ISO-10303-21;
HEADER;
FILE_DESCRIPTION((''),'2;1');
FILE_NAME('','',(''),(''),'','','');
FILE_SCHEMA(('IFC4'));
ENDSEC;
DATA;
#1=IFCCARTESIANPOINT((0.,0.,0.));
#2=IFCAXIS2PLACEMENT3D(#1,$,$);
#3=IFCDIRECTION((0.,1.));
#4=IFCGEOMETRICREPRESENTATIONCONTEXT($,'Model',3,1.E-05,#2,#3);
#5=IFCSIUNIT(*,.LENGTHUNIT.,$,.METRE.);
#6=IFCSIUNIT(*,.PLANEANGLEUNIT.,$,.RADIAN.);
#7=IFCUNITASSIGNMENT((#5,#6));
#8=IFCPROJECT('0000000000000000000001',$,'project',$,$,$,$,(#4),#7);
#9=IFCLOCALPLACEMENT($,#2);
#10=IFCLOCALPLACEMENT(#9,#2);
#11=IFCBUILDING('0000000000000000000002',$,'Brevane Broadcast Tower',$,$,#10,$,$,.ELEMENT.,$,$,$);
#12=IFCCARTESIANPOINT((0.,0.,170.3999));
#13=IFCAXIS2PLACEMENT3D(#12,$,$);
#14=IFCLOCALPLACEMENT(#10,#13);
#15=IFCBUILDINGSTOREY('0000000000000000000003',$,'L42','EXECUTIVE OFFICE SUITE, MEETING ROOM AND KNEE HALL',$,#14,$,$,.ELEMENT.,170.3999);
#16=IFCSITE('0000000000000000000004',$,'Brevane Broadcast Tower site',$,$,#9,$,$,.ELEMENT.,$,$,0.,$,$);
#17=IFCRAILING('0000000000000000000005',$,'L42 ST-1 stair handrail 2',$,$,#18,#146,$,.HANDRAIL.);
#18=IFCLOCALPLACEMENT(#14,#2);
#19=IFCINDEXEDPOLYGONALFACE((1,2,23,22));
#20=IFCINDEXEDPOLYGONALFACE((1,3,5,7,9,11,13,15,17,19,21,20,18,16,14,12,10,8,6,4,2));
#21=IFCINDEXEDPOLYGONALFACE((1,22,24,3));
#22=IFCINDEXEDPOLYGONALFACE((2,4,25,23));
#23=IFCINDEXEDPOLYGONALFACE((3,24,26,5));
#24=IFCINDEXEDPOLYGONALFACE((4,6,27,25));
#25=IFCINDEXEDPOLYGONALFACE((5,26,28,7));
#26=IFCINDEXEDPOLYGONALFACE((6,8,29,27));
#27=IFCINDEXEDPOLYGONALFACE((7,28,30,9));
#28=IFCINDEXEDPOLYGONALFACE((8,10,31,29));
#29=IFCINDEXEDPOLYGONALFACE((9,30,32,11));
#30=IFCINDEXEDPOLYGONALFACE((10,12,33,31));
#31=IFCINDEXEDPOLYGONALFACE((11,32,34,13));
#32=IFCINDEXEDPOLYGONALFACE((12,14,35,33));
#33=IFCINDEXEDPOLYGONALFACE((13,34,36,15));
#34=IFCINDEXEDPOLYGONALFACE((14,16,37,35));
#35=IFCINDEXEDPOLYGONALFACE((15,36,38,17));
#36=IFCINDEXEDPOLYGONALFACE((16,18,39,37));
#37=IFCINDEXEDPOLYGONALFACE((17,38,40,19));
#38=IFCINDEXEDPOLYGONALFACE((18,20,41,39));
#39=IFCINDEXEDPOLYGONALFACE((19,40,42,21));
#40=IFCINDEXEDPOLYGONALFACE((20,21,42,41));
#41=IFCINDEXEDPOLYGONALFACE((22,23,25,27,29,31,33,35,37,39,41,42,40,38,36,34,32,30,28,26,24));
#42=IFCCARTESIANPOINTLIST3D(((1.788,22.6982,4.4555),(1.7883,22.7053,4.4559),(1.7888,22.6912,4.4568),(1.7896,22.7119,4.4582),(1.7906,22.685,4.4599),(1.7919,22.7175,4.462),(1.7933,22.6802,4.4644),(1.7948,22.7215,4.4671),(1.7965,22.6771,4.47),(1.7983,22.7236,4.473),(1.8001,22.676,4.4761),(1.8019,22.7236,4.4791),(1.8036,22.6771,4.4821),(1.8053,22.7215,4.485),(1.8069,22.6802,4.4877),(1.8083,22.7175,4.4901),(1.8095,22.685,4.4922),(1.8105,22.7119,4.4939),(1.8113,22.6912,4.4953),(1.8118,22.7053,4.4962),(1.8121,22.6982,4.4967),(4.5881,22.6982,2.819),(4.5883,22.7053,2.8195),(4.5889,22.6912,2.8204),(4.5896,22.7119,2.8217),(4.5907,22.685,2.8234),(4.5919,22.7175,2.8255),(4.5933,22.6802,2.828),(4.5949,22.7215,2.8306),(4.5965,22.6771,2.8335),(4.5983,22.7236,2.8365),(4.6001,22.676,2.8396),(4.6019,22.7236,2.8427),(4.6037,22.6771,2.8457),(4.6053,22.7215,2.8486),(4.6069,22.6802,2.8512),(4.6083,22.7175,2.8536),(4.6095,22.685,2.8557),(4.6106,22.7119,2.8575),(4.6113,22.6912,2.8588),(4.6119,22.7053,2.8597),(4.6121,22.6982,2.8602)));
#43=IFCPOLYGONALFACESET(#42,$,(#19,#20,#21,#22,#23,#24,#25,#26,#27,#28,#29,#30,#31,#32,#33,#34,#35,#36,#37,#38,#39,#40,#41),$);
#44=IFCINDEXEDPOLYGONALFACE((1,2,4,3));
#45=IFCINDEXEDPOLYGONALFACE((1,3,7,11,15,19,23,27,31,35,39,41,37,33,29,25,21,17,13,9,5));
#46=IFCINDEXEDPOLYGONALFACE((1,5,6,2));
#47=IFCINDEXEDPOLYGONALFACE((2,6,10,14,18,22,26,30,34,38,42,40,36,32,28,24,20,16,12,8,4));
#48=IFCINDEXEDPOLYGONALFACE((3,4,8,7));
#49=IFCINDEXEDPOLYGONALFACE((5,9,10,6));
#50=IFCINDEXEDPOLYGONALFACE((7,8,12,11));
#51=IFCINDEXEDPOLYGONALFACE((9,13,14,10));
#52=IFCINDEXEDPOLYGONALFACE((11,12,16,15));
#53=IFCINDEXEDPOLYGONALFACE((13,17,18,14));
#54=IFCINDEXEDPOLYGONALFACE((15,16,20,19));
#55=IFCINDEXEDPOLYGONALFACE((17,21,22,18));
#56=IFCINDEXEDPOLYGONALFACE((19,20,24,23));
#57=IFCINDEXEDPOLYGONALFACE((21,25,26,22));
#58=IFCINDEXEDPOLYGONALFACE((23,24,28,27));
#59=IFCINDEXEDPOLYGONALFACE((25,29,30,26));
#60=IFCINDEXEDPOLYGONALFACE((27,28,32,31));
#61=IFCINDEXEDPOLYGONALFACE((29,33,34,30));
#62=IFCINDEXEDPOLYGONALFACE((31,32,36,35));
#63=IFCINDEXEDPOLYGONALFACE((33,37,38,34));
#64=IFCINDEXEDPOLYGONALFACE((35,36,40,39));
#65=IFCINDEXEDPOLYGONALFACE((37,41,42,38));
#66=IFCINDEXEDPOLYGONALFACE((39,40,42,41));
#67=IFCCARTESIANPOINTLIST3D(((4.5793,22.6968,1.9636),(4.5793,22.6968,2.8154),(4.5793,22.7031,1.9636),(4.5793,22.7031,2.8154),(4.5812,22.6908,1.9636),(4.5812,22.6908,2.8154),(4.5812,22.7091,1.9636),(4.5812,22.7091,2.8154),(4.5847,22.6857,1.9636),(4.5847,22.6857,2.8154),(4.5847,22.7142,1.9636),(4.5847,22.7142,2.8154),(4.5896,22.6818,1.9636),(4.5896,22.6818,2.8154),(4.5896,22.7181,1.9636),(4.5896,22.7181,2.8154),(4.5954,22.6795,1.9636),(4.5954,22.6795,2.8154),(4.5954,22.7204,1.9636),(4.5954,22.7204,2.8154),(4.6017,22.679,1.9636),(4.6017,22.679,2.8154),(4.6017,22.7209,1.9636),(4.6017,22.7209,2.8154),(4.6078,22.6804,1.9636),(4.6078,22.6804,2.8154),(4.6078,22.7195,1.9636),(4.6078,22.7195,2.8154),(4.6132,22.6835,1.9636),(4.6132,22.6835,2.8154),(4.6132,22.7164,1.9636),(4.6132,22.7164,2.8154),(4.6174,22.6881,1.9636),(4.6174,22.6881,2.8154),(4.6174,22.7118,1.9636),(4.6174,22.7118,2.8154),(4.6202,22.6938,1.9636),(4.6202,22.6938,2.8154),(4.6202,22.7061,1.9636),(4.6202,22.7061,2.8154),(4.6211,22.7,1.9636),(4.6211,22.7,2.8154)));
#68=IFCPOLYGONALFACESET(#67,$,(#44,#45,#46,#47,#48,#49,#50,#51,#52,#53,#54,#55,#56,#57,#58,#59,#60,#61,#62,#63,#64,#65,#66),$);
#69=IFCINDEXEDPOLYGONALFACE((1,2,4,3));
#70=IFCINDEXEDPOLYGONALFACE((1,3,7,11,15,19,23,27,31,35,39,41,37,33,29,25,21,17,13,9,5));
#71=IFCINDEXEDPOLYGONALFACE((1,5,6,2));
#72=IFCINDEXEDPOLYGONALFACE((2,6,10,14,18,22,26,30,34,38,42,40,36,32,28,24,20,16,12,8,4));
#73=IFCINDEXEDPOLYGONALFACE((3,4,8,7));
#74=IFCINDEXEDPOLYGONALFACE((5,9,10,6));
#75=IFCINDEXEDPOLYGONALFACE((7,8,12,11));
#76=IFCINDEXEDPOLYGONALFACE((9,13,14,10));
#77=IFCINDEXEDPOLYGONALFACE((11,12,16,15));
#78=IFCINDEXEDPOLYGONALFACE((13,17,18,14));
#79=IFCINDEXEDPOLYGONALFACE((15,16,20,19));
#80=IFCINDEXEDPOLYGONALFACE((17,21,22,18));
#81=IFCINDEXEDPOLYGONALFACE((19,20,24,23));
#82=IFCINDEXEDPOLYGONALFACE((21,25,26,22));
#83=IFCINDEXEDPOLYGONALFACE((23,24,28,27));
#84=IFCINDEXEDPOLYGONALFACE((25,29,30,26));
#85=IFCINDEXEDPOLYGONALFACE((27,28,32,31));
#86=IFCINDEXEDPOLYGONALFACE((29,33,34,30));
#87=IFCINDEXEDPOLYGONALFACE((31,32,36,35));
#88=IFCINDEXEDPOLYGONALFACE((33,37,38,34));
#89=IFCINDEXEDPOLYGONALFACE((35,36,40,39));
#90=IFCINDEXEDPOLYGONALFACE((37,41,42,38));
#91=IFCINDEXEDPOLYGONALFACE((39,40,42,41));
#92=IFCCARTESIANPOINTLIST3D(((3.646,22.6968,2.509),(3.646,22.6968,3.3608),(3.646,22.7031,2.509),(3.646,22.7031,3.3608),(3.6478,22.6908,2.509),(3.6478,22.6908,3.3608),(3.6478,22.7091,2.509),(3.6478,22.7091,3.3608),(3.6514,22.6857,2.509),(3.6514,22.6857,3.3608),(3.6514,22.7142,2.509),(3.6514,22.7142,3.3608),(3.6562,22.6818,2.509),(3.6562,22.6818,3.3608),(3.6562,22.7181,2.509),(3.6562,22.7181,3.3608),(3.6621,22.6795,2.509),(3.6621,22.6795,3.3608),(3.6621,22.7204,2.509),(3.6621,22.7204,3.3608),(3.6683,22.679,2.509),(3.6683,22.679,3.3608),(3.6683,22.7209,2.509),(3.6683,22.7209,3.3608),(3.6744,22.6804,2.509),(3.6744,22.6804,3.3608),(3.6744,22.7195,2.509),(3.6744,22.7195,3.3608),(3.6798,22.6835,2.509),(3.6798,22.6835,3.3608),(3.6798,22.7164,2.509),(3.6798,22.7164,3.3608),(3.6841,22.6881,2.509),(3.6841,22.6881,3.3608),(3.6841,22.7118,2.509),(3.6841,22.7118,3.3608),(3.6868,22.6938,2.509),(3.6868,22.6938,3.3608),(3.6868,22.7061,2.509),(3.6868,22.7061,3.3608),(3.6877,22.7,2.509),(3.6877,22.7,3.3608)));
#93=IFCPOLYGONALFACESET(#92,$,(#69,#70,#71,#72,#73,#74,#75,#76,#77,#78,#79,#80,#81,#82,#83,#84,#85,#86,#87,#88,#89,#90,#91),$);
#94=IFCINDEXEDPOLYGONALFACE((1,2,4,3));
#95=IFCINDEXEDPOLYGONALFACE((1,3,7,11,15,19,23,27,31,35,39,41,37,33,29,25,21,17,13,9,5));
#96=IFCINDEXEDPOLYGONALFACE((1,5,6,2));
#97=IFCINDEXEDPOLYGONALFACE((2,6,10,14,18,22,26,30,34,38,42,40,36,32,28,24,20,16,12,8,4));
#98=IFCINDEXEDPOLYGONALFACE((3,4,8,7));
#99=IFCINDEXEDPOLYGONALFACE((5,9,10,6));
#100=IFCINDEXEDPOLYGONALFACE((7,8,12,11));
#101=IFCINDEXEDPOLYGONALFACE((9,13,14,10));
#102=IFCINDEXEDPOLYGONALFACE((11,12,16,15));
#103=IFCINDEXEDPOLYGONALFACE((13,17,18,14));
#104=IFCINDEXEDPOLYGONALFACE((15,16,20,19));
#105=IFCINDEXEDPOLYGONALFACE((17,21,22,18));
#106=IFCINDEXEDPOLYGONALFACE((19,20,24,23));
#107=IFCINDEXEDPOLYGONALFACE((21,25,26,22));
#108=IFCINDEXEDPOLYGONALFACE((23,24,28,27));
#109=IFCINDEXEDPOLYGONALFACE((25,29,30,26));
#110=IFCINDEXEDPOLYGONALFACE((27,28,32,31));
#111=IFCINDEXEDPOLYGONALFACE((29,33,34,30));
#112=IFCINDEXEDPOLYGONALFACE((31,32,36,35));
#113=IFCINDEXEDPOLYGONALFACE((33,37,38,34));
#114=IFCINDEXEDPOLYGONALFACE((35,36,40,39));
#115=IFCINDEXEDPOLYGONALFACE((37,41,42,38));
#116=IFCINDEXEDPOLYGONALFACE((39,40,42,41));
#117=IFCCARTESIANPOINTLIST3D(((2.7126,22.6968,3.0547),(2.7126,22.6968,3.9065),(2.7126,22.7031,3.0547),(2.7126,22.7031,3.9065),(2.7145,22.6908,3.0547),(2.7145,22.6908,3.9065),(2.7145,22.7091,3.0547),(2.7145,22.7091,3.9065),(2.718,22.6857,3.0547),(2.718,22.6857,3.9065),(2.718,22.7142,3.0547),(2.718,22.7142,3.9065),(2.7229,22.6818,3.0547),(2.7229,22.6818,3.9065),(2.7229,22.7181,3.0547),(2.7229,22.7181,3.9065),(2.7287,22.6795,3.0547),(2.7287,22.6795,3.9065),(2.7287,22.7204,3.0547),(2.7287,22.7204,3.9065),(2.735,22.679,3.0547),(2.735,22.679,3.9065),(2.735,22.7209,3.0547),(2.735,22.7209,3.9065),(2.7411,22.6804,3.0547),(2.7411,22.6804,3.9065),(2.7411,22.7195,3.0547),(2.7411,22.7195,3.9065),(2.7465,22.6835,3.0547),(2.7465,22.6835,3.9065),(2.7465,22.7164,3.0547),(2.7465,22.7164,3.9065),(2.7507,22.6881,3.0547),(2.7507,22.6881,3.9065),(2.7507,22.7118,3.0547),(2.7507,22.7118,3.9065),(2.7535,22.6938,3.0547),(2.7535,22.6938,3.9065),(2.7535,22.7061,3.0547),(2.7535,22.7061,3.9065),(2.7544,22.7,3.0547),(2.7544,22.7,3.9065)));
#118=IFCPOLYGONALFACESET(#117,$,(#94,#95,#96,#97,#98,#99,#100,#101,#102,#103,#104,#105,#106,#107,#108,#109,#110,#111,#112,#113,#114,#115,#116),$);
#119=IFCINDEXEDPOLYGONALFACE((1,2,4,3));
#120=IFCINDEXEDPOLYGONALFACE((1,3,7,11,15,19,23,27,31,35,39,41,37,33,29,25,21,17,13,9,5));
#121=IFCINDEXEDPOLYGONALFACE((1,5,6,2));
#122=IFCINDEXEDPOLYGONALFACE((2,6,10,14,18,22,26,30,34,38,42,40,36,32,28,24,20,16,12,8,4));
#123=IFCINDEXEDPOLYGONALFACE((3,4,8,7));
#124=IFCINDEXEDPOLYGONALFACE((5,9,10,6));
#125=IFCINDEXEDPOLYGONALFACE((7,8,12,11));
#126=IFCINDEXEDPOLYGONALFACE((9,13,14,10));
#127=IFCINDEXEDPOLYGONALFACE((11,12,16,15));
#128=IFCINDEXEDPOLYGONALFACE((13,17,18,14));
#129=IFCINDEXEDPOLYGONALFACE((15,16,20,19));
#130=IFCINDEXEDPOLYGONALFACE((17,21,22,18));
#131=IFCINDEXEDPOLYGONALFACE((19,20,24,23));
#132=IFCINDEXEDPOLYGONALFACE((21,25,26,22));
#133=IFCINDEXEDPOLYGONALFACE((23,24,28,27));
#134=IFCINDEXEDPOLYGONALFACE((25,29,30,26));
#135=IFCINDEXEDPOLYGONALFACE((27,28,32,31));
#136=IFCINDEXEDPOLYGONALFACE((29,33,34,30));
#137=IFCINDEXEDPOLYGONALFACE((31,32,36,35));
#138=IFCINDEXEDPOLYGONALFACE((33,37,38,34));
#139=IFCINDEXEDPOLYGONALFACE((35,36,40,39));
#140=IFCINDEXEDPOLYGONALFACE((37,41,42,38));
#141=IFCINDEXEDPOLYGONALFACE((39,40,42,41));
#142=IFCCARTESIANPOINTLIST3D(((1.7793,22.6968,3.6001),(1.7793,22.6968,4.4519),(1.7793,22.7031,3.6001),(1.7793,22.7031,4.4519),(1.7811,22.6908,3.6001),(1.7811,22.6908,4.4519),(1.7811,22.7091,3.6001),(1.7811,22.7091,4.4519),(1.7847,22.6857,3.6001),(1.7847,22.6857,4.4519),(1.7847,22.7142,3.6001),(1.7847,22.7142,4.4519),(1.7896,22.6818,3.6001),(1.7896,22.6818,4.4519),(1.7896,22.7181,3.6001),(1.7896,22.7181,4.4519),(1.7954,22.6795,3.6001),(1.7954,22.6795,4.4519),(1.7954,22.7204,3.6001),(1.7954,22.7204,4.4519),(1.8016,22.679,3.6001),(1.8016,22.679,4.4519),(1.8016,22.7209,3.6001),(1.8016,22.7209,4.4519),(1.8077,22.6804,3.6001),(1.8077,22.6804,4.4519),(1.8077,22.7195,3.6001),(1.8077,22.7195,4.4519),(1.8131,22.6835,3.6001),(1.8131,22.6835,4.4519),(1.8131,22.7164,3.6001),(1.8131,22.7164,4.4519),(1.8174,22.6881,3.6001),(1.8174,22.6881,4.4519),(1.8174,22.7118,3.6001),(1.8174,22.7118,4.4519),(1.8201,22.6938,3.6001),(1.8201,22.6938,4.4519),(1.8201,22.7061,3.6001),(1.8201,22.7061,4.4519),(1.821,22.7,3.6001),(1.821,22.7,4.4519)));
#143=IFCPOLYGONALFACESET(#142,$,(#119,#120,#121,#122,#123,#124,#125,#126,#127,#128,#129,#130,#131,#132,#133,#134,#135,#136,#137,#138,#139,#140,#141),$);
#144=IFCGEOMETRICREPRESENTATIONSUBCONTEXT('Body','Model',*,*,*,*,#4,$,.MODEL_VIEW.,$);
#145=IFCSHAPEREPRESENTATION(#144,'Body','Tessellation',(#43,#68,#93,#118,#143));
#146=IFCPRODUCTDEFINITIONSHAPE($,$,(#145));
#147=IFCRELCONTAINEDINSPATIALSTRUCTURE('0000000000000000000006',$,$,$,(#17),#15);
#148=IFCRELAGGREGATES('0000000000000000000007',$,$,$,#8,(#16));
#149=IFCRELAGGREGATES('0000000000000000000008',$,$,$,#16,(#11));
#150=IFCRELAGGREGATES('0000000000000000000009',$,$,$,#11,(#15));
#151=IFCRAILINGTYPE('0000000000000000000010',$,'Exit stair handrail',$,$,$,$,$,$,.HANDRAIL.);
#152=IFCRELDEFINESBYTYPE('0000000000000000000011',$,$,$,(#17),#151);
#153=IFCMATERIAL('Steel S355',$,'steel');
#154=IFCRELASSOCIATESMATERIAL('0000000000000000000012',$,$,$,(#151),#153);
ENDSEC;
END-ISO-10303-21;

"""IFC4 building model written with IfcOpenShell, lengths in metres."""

from ifc_helpers import new_model, si_unit, direction, frame, origin, origin_2d, place, context, subcontext, project, spatial, circle, extrude, material, type_object, element, save


model = new_model("IFC4")

# Units and contexts
model_context = context("Model", 3, precision=1e-05, world=origin(), true_north=direction((0.0, 1.0)))
body_context = subcontext(model_context, "Body", "Model", "MODEL_VIEW")
ifc_project = project(units=[si_unit("LENGTHUNIT", "METRE"), si_unit("PLANEANGLEUNIT", "RADIAN")], contexts=[model_context])

# Site, building, storey
site_placement = place(None, origin())
site = spatial("IfcSite", under=ifc_project, at=site_placement, Name="Brevane Broadcast Tower site", CompositionType="ELEMENT", RefElevation=0.0)
building_placement = place(site_placement, origin())
building = spatial("IfcBuilding", under=site, at=building_placement, Name="Brevane Broadcast Tower", CompositionType="ELEMENT")
storey_placement = place(building_placement, frame((0.0, 0.0, 170.3999)))
storey = spatial("IfcBuildingStorey", under=building, at=storey_placement, Name="L42", Description="EXECUTIVE OFFICE SUITE, MEETING ROOM AND KNEE HALL", CompositionType="ELEMENT", Elevation=170.3999)

# Railing
ifc_material_1 = material(Name="Steel S355", Category="steel")
railing_type_1 = type_object("IfcRailingType", Name="Exit stair handrail", PredefinedType="HANDRAIL", material=ifc_material_1)
railing_1_placement = place(storey_placement, frame((4.6001, 22.7, 1.9636)))
element("IfcRailing", 1, at=railing_1_placement, inside=storey, type_object=railing_type_1, Name="L42 ST-1 stair handrail 2", PredefinedType="HANDRAIL", context=body_context, shape_type="SweptSolid", body=[
    extrude(circle(Radius=0.0239, at=origin_2d()), frame((0.0, 0.0, 0.876), z_axis=(-0.863361, 0.0, 0.504587), x_axis=(0.0, -1.0, 0.0)), (0.0, 0.0, 1.0), 3.2432),
    extrude(circle(Radius=0.021, at=origin_2d()), origin(), (0.0, 0.0, 1.0), 0.8518),
    extrude(circle(Radius=0.021, at=origin_2d()), frame((-0.9333, 0.0, 0.5454)), (0.0, 0.0, 1.0), 0.8518),
    extrude(circle(Radius=0.021, at=origin_2d()), frame((-1.8667, 0.0, 1.0911)), (0.0, 0.0, 1.0), 0.8518),
    extrude(circle(Radius=0.021, at=origin_2d()), frame((-2.8, 0.0, 1.6365)), (0.0, 0.0, 1.0), 0.8518),
])

save(model, "model.ifc")
